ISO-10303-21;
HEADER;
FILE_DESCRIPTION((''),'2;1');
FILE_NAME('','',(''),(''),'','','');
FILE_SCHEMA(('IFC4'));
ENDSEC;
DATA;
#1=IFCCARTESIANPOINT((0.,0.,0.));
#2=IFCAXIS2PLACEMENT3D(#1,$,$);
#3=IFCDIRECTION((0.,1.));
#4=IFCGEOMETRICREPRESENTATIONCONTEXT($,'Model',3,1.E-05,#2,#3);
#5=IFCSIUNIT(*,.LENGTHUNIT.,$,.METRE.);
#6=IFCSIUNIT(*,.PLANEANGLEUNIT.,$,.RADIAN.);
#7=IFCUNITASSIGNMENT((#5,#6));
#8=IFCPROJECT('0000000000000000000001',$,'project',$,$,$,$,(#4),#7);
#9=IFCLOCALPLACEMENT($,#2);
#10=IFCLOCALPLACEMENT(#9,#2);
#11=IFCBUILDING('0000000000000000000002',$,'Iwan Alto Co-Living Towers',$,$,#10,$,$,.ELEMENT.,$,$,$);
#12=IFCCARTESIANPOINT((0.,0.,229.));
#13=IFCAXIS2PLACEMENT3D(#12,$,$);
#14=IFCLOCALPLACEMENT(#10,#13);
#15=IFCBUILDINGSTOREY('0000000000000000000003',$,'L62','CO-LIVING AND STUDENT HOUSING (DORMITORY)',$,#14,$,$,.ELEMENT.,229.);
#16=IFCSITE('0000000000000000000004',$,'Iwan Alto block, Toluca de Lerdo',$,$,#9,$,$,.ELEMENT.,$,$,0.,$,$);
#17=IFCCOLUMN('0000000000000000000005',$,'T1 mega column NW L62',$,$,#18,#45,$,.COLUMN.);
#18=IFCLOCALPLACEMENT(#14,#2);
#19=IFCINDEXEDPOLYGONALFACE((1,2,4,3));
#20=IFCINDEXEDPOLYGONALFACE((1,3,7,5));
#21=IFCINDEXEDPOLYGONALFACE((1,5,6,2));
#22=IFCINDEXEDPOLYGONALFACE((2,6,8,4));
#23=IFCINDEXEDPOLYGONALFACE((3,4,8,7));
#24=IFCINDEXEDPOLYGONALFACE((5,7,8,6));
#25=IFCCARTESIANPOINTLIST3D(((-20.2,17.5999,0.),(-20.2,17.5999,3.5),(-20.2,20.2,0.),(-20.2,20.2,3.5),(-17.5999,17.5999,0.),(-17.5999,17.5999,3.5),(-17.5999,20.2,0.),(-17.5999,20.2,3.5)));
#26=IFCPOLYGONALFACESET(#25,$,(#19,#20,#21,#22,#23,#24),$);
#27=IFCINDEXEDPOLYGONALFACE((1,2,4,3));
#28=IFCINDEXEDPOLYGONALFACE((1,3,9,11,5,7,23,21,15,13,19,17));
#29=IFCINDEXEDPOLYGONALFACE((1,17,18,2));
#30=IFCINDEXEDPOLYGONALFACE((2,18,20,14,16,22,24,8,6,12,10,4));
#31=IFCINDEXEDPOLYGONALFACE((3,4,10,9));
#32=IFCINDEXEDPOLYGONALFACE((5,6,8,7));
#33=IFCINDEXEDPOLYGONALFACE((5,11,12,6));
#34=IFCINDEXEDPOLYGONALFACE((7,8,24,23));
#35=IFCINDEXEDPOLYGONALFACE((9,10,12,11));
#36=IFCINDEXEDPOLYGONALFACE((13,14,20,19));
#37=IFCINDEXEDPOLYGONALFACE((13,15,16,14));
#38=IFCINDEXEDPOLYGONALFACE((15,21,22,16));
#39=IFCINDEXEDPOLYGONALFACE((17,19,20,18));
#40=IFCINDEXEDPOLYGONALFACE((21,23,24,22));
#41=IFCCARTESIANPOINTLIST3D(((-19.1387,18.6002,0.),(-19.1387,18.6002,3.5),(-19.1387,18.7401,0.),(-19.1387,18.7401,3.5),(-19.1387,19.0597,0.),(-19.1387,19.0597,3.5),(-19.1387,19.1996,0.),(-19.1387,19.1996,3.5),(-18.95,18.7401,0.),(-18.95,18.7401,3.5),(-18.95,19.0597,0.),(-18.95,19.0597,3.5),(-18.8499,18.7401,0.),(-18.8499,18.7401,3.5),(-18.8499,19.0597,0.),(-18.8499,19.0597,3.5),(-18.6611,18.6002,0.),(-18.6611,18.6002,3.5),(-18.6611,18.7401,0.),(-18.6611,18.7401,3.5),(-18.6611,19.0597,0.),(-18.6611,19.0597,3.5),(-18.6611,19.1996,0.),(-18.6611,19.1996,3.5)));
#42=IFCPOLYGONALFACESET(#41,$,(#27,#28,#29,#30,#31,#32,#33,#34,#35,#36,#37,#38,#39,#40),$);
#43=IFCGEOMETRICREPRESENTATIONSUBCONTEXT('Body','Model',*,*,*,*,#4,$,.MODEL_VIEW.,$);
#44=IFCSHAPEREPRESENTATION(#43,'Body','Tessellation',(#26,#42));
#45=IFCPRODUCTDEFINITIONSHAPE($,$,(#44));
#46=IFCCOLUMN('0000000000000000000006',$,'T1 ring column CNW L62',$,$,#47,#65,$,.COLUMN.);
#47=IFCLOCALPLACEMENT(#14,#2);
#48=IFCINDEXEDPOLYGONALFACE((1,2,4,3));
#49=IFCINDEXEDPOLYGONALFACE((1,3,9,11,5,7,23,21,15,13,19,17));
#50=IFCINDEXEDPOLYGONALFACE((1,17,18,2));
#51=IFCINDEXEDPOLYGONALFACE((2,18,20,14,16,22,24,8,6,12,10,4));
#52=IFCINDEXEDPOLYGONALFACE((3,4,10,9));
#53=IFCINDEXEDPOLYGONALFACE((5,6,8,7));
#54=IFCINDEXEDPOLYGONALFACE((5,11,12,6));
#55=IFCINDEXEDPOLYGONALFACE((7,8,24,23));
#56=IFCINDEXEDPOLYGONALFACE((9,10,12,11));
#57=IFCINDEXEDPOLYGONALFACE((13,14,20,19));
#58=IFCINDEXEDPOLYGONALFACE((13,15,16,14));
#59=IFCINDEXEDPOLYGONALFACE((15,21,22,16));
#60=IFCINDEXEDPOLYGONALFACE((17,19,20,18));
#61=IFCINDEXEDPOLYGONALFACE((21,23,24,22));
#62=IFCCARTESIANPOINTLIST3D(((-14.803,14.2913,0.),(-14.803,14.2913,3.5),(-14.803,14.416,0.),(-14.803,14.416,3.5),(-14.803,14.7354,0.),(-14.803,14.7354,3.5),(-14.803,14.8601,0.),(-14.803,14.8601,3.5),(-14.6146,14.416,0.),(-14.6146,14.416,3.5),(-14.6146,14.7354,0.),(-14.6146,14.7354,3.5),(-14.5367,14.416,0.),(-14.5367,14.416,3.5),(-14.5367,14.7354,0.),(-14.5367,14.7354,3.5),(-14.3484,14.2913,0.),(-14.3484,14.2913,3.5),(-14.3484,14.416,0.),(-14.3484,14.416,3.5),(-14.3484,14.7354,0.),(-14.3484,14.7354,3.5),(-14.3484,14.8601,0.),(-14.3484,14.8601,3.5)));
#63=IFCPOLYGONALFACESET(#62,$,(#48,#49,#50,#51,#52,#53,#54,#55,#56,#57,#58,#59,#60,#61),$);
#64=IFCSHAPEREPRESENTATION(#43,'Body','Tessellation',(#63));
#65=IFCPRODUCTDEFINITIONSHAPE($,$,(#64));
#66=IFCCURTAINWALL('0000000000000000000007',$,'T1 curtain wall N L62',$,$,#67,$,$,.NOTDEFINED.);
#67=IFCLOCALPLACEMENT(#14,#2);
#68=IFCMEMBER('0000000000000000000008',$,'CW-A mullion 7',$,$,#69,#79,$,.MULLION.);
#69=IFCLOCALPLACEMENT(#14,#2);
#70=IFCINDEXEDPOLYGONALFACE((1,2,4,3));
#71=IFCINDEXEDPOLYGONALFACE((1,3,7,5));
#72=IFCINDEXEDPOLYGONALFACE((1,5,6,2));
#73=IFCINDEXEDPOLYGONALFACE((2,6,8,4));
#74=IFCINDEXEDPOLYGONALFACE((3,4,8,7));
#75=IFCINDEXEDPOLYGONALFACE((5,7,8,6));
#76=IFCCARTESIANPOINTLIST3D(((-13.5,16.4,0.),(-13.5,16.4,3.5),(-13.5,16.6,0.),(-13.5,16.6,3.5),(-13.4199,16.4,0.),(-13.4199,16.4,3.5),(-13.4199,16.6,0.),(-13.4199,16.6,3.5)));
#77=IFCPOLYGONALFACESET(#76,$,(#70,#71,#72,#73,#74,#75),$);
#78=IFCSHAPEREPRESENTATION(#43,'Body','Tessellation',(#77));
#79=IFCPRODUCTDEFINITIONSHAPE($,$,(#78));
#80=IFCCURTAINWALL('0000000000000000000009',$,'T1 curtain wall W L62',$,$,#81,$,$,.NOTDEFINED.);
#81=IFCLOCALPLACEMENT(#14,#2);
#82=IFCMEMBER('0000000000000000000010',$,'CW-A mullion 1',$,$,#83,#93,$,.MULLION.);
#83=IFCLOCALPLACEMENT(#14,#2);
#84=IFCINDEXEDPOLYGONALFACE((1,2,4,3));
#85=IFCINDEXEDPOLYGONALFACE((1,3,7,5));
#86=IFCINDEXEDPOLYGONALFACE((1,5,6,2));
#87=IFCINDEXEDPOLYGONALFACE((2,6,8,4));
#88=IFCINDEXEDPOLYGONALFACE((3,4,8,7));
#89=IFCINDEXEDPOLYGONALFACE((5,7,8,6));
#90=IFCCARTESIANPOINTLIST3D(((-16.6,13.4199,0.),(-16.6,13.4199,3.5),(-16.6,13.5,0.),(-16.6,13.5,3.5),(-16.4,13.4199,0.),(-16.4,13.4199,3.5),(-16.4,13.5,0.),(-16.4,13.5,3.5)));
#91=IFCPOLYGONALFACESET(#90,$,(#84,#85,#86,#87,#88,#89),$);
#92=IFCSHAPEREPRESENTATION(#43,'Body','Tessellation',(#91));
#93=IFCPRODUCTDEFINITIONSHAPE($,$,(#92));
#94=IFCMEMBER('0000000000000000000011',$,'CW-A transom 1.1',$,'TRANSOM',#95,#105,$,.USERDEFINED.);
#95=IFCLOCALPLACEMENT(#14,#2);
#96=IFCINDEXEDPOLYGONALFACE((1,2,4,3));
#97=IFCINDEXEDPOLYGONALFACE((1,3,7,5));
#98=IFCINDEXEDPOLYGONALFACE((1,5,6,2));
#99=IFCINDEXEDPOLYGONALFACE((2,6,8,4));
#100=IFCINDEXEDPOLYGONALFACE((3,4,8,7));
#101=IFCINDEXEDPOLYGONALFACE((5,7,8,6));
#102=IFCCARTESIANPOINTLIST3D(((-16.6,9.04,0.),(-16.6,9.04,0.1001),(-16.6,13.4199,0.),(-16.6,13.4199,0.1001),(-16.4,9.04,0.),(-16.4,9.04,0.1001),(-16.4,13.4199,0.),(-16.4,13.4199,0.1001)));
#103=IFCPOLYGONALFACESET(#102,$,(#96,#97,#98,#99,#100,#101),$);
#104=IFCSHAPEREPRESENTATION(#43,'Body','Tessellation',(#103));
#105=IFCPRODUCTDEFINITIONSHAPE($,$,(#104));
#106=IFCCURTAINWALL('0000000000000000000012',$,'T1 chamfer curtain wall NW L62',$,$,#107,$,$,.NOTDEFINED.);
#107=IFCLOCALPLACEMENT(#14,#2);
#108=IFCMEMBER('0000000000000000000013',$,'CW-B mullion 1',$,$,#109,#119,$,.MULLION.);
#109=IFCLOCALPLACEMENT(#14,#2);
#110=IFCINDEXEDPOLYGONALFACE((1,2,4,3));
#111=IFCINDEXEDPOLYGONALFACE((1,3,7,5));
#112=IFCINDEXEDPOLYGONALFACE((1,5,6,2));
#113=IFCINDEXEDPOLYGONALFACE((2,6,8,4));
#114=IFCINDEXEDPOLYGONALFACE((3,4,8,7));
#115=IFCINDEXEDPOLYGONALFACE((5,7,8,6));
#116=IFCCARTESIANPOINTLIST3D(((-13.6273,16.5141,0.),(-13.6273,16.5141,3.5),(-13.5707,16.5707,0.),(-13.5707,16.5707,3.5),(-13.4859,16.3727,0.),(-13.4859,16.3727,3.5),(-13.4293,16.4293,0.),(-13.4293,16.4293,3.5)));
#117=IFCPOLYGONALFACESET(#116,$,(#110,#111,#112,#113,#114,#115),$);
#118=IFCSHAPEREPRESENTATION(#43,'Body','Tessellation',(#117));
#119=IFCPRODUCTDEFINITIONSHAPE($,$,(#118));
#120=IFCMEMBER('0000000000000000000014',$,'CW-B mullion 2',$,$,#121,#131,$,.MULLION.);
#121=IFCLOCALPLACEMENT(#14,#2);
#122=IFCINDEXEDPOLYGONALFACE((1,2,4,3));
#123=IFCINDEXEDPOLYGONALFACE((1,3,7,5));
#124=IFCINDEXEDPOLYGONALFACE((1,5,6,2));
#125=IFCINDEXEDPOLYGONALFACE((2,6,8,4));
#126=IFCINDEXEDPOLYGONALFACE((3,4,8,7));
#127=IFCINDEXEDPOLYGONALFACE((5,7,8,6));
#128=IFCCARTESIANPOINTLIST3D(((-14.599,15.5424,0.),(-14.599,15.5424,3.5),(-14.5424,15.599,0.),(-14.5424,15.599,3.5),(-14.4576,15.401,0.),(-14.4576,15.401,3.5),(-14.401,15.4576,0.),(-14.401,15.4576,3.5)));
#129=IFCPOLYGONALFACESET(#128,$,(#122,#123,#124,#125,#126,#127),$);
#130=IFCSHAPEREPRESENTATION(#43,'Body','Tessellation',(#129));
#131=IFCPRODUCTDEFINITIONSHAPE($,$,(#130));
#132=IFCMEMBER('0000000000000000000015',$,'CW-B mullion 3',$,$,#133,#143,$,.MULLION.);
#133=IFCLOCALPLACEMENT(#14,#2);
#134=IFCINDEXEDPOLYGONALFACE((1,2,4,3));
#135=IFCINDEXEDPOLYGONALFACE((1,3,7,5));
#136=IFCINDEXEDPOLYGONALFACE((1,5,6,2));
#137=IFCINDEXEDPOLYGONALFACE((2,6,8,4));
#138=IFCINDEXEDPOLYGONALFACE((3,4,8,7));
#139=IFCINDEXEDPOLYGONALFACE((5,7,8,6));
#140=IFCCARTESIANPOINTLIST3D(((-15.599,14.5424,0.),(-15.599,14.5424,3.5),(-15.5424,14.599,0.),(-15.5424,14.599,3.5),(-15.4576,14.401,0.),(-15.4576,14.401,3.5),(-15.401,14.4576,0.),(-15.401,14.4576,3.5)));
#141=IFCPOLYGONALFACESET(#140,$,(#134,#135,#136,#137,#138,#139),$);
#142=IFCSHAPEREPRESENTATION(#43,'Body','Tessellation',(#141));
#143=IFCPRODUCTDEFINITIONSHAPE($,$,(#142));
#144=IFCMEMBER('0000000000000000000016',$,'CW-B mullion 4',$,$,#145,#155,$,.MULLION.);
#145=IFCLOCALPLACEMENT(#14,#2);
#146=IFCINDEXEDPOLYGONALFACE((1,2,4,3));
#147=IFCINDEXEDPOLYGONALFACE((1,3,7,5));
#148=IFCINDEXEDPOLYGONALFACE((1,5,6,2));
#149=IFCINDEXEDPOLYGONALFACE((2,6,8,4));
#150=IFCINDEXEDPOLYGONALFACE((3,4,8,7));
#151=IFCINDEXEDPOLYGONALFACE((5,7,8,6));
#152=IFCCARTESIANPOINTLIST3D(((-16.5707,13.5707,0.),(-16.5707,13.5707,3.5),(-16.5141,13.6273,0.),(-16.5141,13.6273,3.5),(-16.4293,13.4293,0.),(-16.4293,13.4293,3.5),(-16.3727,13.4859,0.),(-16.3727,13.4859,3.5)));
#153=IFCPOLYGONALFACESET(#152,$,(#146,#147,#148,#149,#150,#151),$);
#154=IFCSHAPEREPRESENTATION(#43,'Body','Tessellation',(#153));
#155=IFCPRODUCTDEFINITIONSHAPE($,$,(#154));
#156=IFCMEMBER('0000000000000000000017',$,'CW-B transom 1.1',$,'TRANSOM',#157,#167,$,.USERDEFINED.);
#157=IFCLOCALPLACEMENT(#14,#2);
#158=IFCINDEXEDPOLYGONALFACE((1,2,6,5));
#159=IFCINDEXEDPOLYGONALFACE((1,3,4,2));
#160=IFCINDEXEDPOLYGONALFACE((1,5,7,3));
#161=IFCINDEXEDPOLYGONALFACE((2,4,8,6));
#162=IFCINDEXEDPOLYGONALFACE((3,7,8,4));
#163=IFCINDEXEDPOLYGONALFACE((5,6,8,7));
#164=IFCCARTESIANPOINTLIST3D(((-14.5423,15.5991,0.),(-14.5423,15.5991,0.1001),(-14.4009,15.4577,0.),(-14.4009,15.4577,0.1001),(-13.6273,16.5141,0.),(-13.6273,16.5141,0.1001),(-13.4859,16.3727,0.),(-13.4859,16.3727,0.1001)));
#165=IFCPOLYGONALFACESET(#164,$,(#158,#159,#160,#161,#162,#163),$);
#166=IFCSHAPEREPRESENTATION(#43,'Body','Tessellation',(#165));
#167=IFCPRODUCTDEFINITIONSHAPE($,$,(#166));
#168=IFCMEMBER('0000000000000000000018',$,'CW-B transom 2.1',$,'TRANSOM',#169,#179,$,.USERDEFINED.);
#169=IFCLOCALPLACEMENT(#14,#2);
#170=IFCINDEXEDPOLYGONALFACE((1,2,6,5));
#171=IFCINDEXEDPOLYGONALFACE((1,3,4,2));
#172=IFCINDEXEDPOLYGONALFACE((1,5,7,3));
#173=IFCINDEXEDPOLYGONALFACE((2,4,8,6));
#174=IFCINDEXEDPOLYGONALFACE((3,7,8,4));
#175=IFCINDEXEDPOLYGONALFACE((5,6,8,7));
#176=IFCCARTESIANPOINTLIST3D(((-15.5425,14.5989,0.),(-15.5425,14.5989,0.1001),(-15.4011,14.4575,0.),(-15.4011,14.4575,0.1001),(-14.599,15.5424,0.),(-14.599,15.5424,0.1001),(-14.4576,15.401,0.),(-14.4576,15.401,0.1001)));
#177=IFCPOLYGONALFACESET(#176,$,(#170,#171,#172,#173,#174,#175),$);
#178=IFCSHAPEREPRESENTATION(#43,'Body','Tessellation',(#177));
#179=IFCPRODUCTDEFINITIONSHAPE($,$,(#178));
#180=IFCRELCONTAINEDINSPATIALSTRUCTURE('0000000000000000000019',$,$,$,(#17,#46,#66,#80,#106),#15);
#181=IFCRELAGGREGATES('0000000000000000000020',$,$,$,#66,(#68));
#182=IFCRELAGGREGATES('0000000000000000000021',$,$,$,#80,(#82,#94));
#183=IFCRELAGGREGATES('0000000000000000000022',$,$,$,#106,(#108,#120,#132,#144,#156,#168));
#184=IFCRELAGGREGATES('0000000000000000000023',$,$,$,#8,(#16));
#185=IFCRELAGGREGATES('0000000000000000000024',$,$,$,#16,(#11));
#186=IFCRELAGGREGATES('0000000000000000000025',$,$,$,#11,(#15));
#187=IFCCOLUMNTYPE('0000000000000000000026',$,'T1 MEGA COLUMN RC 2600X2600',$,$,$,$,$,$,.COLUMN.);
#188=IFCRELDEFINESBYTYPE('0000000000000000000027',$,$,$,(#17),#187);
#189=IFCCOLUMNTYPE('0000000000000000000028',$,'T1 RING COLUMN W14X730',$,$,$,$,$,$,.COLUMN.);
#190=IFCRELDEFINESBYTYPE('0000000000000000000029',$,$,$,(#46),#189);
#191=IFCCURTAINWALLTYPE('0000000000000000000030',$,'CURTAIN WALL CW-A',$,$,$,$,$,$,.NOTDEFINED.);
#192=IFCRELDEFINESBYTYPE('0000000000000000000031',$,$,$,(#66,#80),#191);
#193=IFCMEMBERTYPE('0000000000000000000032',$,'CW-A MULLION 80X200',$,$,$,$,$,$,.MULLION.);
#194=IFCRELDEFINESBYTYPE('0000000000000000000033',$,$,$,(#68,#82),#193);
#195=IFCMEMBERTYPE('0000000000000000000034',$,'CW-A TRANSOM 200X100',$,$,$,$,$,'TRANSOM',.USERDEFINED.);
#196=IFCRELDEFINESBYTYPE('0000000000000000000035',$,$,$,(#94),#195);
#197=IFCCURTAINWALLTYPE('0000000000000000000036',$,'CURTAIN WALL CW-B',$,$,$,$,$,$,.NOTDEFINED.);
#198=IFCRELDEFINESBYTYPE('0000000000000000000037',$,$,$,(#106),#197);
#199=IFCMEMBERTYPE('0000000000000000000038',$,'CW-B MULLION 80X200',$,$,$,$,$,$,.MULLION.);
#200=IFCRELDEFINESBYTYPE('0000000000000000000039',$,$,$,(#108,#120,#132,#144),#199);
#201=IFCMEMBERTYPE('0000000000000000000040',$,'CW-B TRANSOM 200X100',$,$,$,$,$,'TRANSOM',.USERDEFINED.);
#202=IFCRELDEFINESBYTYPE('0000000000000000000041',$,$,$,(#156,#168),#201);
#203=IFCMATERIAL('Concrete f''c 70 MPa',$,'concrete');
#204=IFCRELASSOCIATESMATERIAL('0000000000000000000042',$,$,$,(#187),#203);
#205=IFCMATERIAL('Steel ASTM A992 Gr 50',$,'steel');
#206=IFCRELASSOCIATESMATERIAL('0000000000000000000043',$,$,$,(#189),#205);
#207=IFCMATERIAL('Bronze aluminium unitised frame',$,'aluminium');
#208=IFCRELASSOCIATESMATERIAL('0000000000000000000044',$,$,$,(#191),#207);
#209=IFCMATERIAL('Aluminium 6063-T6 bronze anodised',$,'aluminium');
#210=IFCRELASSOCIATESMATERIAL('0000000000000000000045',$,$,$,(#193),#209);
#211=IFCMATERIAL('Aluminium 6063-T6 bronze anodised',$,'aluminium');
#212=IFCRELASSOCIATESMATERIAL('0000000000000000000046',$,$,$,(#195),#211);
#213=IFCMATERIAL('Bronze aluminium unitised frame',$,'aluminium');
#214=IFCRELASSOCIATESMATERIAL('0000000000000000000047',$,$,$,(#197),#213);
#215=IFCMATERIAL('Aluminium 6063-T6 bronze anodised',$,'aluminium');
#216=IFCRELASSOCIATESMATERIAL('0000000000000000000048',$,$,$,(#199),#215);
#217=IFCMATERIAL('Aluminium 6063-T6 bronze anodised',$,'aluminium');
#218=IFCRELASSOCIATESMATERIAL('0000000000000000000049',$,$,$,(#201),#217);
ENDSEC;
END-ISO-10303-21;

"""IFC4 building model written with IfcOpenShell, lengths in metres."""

from ifc_helpers import new_model, si_unit, direction, frame, origin, origin_2d, place, context, subcontext, project, spatial, rectangle, i_section, extrude, material, material_profile, profile_set, type_object, element, aggregate, save


model = new_model("IFC4")

# Units and contexts
model_context = context("Model", 3, precision=1e-05, world=origin(), true_north=direction((0.0, 1.0)))
body_context = subcontext(model_context, "Body", "Model", "MODEL_VIEW")
ifc_project = project(units=[si_unit("LENGTHUNIT", "METRE"), si_unit("PLANEANGLEUNIT", "RADIAN")], contexts=[model_context])

# Site, building, storey
site_placement = place(None, origin())
site = spatial("IfcSite", under=ifc_project, at=site_placement, Name="Iwan Alto block, Toluca de Lerdo", CompositionType="ELEMENT", RefElevation=0.0)
building_placement = place(site_placement, origin())
building = spatial("IfcBuilding", under=site, at=building_placement, Name="Iwan Alto Co-Living Towers", CompositionType="ELEMENT")
storey_placement = place(building_placement, frame((0.0, 0.0, 229.0)))
storey = spatial("IfcBuildingStorey", under=building, at=storey_placement, Name="L62", Description="CO-LIVING AND STUDENT HOUSING (DORMITORY)", CompositionType="ELEMENT", Elevation=229.0)

# Columns
ifc_material_1 = material(Name="Concrete f'c 70 MPa", Category="concrete")
ifc_material_profile_1 = material_profile(ifc_material_1, rectangle(XDim=2.6001, YDim=2.6001, at=origin_2d()), Name="RC 2600X2600")
ifc_profile_set_1 = profile_set([ifc_material_profile_1], Name="Concrete f'c 70 MPa")
column_type_1 = type_object("IfcColumnType", Name="T1 MEGA COLUMN RC 2600X2600", PredefinedType="COLUMN", material=ifc_profile_set_1)
column_1_placement = place(storey_placement, frame((-18.8999, 18.8999, 0.0), z_axis=(0.0, 0.0, 1.0), x_axis=(1.0, 0.0, 0.0)))
element("IfcColumn", 1, at=column_1_placement, inside=storey, type_object=column_type_1, Name="T1 mega column NW L62", PredefinedType="COLUMN", context=body_context, shape_type="SweptSolid", body=[
    extrude(rectangle(XDim=2.6001, YDim=2.6001, at=origin_2d()), origin(), (0.0, 0.0, 1.0), 3.5),
    extrude(i_section(OverallWidth=0.4775, OverallDepth=0.5994, WebThickness=0.1001, FlangeThickness=0.1399, at=origin_2d()), origin(), (0.0, 0.0, 1.0), 3.5),
])
ifc_material_2 = material(Name="Steel ASTM A992 Gr 50", Category="steel")
ifc_material_profile_2 = material_profile(ifc_material_2, i_section(OverallWidth=0.4546, OverallDepth=0.5688, WebThickness=0.0779, FlangeThickness=0.1248, at=origin_2d()), Name="W14X730")
ifc_profile_set_2 = profile_set([ifc_material_profile_2], Name="Steel ASTM A992 Gr 50")
column_type_2 = type_object("IfcColumnType", Name="T1 RING COLUMN W14X730", PredefinedType="COLUMN", material=ifc_profile_set_2)
column_2_placement = place(storey_placement, frame((-14.5757, 14.5757, 0.0), z_axis=(0.0, 0.0, 1.0), x_axis=(1.0, 0.0, 0.0)))
element("IfcColumn", 2, at=column_2_placement, inside=storey, type_object=column_type_2, Name="T1 ring column CNW L62", PredefinedType="COLUMN", context=body_context, shape_type="SweptSolid", body=[
    extrude(i_section(OverallWidth=0.4546, OverallDepth=0.5688, WebThickness=0.0779, FlangeThickness=0.1248, at=origin_2d()), origin(), (0.0, 0.0, 1.0), 3.5),
])

# Curtain wall, member
ifc_material_3 = material(Name="Bronze aluminium unitised frame", Category="aluminium")
curtain_wall_type_1 = type_object("IfcCurtainWallType", Name="CURTAIN WALL CW-A", PredefinedType="NOTDEFINED", material=ifc_material_3)
curtain_wall_1_placement = place(storey_placement, origin())
curtain_wall_1 = element("IfcCurtainWall", 3, at=curtain_wall_1_placement, inside=storey, type_object=curtain_wall_type_1, Name="T1 curtain wall N L62", PredefinedType="NOTDEFINED")
ifc_material_4 = material(Name="Aluminium 6063-T6 bronze anodised", Category="aluminium")
ifc_material_profile_3 = material_profile(ifc_material_4, rectangle(XDim=0.2, YDim=0.0801, at=origin_2d()), Name="AL 80X200")
ifc_profile_set_3 = profile_set([ifc_material_profile_3], Name="Aluminium 6063-T6 bronze anodised")
member_type_1 = type_object("IfcMemberType", Name="CW-A MULLION 80X200", PredefinedType="MULLION", material=ifc_profile_set_3)
member_1_placement = place(storey_placement, frame((-13.46, 16.5, 0.0), z_axis=(0.0, 0.0, 1.0), x_axis=(0.0, -1.0, 0.0)))
member_1 = element("IfcMember", 4, at=member_1_placement, type_object=member_type_1, Name="CW-A mullion 7", PredefinedType="MULLION", context=body_context, shape_type="SweptSolid", body=[
    extrude(rectangle(XDim=0.2, YDim=0.0801, at=origin_2d()), origin(), (0.0, 0.0, 1.0), 3.5),
])
aggregate(curtain_wall_1, [member_1])

# Curtain walls, members
curtain_wall_2_placement = place(storey_placement, origin())
curtain_wall_2 = element("IfcCurtainWall", 5, at=curtain_wall_2_placement, inside=storey, type_object=curtain_wall_type_1, Name="T1 curtain wall W L62", PredefinedType="NOTDEFINED")
member_2_placement = place(storey_placement, frame((-16.5, 13.46, 0.0), z_axis=(0.0, 0.0, 1.0), x_axis=(1.0, 0.0, 0.0)))
member_2 = element("IfcMember", 6, at=member_2_placement, type_object=member_type_1, Name="CW-A mullion 1", PredefinedType="MULLION", context=body_context, shape_type="SweptSolid", body=[
    extrude(rectangle(XDim=0.2, YDim=0.0801, at=origin_2d()), origin(), (0.0, 0.0, 1.0), 3.5),
])
ifc_material_5 = material(Name="Aluminium 6063-T6 bronze anodised", Category="aluminium")
ifc_material_profile_4 = material_profile(ifc_material_5, rectangle(XDim=0.2, YDim=0.1001, at=origin_2d()), Name="AL 200X100")
ifc_profile_set_4 = profile_set([ifc_material_profile_4], Name="Aluminium 6063-T6 bronze anodised")
member_type_2 = type_object("IfcMemberType", Name="CW-A TRANSOM 200X100", ElementType="TRANSOM", PredefinedType="USERDEFINED", material=ifc_profile_set_4)
member_3_placement = place(storey_placement, frame((-16.5, 13.4199, 0.05), z_axis=(0.0, -1.0, 0.0), x_axis=(1.0, 0.0, 0.0)))
member_3 = element("IfcMember", 7, at=member_3_placement, type_object=member_type_2, Name="CW-A transom 1.1", ObjectType="TRANSOM", PredefinedType="USERDEFINED", context=body_context, shape_type="SweptSolid", body=[
    extrude(rectangle(XDim=0.2, YDim=0.1001, at=origin_2d()), origin(), (0.0, 0.0, 1.0), 4.3799),
])
aggregate(curtain_wall_2, [member_2, member_3])
ifc_material_6 = material(Name="Bronze aluminium unitised frame", Category="aluminium")
curtain_wall_type_2 = type_object("IfcCurtainWallType", Name="CURTAIN WALL CW-B", PredefinedType="NOTDEFINED", material=ifc_material_6)
curtain_wall_3_placement = place(storey_placement, origin())
curtain_wall_3 = element("IfcCurtainWall", 8, at=curtain_wall_3_placement, inside=storey, type_object=curtain_wall_type_2, Name="T1 chamfer curtain wall NW L62", PredefinedType="NOTDEFINED")
ifc_material_7 = material(Name="Aluminium 6063-T6 bronze anodised", Category="aluminium")
ifc_material_profile_5 = material_profile(ifc_material_7, rectangle(XDim=0.2, YDim=0.0801, at=origin_2d()), Name="AL 80X200")
ifc_profile_set_5 = profile_set([ifc_material_profile_5], Name="Aluminium 6063-T6 bronze anodised")
member_type_3 = type_object("IfcMemberType", Name="CW-B MULLION 80X200", PredefinedType="MULLION", material=ifc_profile_set_5)
member_4_placement = place(storey_placement, frame((-13.5283, 16.4717, 0.0), z_axis=(0.0, 0.0, 1.0), x_axis=(0.707107, -0.707107, 0.0)))
member_4 = element("IfcMember", 9, at=member_4_placement, type_object=member_type_3, Name="CW-B mullion 1", PredefinedType="MULLION", context=body_context, shape_type="SweptSolid", body=[
    extrude(rectangle(XDim=0.2, YDim=0.0801, at=origin_2d()), origin(), (0.0, 0.0, 1.0), 3.5),
])
member_5_placement = place(storey_placement, frame((-14.5, 15.5, 0.0), z_axis=(0.0, 0.0, 1.0), x_axis=(0.707107, -0.707107, 0.0)))
member_5 = element("IfcMember", 10, at=member_5_placement, type_object=member_type_3, Name="CW-B mullion 2", PredefinedType="MULLION", context=body_context, shape_type="SweptSolid", body=[
    extrude(rectangle(XDim=0.2, YDim=0.0801, at=origin_2d()), origin(), (0.0, 0.0, 1.0), 3.5),
])
member_6_placement = place(storey_placement, frame((-15.5, 14.5, 0.0), z_axis=(0.0, 0.0, 1.0), x_axis=(0.707107, -0.707107, 0.0)))
member_6 = element("IfcMember", 11, at=member_6_placement, type_object=member_type_3, Name="CW-B mullion 3", PredefinedType="MULLION", context=body_context, shape_type="SweptSolid", body=[
    extrude(rectangle(XDim=0.2, YDim=0.0801, at=origin_2d()), origin(), (0.0, 0.0, 1.0), 3.5),
])
member_7_placement = place(storey_placement, frame((-16.4717, 13.5283, 0.0), z_axis=(0.0, 0.0, 1.0), x_axis=(0.707107, -0.707107, 0.0)))
member_7 = element("IfcMember", 12, at=member_7_placement, type_object=member_type_3, Name="CW-B mullion 4", PredefinedType="MULLION", context=body_context, shape_type="SweptSolid", body=[
    extrude(rectangle(XDim=0.2, YDim=0.0801, at=origin_2d()), origin(), (0.0, 0.0, 1.0), 3.5),
])
ifc_material_8 = material(Name="Aluminium 6063-T6 bronze anodised", Category="aluminium")
ifc_material_profile_6 = material_profile(ifc_material_8, rectangle(XDim=0.2, YDim=0.1001, at=origin_2d()), Name="AL 200X100")
ifc_profile_set_6 = profile_set([ifc_material_profile_6], Name="Aluminium 6063-T6 bronze anodised")
member_type_4 = type_object("IfcMemberType", Name="CW-B TRANSOM 200X100", ElementType="TRANSOM", PredefinedType="USERDEFINED", material=ifc_profile_set_6)
member_8_placement = place(storey_placement, frame((-13.5566, 16.4434, 0.05), z_axis=(-0.707107, -0.707107, 0.0), x_axis=(0.707107, -0.707107, 0.0)))
member_8 = element("IfcMember", 13, at=member_8_placement, type_object=member_type_4, Name="CW-B transom 1.1", ObjectType="TRANSOM", PredefinedType="USERDEFINED", context=body_context, shape_type="SweptSolid", body=[
    extrude(rectangle(XDim=0.2, YDim=0.1001, at=origin_2d()), origin(), (0.0, 0.0, 1.0), 1.2939),
])
member_9_placement = place(storey_placement, frame((-14.5283, 15.4717, 0.05), z_axis=(-0.707107, -0.707107, 0.0), x_axis=(0.707107, -0.707107, 0.0)))
member_9 = element("IfcMember", 14, at=member_9_placement, type_object=member_type_4, Name="CW-B transom 2.1", ObjectType="TRANSOM", PredefinedType="USERDEFINED", context=body_context, shape_type="SweptSolid", body=[
    extrude(rectangle(XDim=0.2, YDim=0.1001, at=origin_2d()), origin(), (0.0, 0.0, 1.0), 1.3342),
])

aggregate(curtain_wall_3, [member_4, member_5, member_6, member_7, member_8, member_9])

save(model, "model.ifc")
